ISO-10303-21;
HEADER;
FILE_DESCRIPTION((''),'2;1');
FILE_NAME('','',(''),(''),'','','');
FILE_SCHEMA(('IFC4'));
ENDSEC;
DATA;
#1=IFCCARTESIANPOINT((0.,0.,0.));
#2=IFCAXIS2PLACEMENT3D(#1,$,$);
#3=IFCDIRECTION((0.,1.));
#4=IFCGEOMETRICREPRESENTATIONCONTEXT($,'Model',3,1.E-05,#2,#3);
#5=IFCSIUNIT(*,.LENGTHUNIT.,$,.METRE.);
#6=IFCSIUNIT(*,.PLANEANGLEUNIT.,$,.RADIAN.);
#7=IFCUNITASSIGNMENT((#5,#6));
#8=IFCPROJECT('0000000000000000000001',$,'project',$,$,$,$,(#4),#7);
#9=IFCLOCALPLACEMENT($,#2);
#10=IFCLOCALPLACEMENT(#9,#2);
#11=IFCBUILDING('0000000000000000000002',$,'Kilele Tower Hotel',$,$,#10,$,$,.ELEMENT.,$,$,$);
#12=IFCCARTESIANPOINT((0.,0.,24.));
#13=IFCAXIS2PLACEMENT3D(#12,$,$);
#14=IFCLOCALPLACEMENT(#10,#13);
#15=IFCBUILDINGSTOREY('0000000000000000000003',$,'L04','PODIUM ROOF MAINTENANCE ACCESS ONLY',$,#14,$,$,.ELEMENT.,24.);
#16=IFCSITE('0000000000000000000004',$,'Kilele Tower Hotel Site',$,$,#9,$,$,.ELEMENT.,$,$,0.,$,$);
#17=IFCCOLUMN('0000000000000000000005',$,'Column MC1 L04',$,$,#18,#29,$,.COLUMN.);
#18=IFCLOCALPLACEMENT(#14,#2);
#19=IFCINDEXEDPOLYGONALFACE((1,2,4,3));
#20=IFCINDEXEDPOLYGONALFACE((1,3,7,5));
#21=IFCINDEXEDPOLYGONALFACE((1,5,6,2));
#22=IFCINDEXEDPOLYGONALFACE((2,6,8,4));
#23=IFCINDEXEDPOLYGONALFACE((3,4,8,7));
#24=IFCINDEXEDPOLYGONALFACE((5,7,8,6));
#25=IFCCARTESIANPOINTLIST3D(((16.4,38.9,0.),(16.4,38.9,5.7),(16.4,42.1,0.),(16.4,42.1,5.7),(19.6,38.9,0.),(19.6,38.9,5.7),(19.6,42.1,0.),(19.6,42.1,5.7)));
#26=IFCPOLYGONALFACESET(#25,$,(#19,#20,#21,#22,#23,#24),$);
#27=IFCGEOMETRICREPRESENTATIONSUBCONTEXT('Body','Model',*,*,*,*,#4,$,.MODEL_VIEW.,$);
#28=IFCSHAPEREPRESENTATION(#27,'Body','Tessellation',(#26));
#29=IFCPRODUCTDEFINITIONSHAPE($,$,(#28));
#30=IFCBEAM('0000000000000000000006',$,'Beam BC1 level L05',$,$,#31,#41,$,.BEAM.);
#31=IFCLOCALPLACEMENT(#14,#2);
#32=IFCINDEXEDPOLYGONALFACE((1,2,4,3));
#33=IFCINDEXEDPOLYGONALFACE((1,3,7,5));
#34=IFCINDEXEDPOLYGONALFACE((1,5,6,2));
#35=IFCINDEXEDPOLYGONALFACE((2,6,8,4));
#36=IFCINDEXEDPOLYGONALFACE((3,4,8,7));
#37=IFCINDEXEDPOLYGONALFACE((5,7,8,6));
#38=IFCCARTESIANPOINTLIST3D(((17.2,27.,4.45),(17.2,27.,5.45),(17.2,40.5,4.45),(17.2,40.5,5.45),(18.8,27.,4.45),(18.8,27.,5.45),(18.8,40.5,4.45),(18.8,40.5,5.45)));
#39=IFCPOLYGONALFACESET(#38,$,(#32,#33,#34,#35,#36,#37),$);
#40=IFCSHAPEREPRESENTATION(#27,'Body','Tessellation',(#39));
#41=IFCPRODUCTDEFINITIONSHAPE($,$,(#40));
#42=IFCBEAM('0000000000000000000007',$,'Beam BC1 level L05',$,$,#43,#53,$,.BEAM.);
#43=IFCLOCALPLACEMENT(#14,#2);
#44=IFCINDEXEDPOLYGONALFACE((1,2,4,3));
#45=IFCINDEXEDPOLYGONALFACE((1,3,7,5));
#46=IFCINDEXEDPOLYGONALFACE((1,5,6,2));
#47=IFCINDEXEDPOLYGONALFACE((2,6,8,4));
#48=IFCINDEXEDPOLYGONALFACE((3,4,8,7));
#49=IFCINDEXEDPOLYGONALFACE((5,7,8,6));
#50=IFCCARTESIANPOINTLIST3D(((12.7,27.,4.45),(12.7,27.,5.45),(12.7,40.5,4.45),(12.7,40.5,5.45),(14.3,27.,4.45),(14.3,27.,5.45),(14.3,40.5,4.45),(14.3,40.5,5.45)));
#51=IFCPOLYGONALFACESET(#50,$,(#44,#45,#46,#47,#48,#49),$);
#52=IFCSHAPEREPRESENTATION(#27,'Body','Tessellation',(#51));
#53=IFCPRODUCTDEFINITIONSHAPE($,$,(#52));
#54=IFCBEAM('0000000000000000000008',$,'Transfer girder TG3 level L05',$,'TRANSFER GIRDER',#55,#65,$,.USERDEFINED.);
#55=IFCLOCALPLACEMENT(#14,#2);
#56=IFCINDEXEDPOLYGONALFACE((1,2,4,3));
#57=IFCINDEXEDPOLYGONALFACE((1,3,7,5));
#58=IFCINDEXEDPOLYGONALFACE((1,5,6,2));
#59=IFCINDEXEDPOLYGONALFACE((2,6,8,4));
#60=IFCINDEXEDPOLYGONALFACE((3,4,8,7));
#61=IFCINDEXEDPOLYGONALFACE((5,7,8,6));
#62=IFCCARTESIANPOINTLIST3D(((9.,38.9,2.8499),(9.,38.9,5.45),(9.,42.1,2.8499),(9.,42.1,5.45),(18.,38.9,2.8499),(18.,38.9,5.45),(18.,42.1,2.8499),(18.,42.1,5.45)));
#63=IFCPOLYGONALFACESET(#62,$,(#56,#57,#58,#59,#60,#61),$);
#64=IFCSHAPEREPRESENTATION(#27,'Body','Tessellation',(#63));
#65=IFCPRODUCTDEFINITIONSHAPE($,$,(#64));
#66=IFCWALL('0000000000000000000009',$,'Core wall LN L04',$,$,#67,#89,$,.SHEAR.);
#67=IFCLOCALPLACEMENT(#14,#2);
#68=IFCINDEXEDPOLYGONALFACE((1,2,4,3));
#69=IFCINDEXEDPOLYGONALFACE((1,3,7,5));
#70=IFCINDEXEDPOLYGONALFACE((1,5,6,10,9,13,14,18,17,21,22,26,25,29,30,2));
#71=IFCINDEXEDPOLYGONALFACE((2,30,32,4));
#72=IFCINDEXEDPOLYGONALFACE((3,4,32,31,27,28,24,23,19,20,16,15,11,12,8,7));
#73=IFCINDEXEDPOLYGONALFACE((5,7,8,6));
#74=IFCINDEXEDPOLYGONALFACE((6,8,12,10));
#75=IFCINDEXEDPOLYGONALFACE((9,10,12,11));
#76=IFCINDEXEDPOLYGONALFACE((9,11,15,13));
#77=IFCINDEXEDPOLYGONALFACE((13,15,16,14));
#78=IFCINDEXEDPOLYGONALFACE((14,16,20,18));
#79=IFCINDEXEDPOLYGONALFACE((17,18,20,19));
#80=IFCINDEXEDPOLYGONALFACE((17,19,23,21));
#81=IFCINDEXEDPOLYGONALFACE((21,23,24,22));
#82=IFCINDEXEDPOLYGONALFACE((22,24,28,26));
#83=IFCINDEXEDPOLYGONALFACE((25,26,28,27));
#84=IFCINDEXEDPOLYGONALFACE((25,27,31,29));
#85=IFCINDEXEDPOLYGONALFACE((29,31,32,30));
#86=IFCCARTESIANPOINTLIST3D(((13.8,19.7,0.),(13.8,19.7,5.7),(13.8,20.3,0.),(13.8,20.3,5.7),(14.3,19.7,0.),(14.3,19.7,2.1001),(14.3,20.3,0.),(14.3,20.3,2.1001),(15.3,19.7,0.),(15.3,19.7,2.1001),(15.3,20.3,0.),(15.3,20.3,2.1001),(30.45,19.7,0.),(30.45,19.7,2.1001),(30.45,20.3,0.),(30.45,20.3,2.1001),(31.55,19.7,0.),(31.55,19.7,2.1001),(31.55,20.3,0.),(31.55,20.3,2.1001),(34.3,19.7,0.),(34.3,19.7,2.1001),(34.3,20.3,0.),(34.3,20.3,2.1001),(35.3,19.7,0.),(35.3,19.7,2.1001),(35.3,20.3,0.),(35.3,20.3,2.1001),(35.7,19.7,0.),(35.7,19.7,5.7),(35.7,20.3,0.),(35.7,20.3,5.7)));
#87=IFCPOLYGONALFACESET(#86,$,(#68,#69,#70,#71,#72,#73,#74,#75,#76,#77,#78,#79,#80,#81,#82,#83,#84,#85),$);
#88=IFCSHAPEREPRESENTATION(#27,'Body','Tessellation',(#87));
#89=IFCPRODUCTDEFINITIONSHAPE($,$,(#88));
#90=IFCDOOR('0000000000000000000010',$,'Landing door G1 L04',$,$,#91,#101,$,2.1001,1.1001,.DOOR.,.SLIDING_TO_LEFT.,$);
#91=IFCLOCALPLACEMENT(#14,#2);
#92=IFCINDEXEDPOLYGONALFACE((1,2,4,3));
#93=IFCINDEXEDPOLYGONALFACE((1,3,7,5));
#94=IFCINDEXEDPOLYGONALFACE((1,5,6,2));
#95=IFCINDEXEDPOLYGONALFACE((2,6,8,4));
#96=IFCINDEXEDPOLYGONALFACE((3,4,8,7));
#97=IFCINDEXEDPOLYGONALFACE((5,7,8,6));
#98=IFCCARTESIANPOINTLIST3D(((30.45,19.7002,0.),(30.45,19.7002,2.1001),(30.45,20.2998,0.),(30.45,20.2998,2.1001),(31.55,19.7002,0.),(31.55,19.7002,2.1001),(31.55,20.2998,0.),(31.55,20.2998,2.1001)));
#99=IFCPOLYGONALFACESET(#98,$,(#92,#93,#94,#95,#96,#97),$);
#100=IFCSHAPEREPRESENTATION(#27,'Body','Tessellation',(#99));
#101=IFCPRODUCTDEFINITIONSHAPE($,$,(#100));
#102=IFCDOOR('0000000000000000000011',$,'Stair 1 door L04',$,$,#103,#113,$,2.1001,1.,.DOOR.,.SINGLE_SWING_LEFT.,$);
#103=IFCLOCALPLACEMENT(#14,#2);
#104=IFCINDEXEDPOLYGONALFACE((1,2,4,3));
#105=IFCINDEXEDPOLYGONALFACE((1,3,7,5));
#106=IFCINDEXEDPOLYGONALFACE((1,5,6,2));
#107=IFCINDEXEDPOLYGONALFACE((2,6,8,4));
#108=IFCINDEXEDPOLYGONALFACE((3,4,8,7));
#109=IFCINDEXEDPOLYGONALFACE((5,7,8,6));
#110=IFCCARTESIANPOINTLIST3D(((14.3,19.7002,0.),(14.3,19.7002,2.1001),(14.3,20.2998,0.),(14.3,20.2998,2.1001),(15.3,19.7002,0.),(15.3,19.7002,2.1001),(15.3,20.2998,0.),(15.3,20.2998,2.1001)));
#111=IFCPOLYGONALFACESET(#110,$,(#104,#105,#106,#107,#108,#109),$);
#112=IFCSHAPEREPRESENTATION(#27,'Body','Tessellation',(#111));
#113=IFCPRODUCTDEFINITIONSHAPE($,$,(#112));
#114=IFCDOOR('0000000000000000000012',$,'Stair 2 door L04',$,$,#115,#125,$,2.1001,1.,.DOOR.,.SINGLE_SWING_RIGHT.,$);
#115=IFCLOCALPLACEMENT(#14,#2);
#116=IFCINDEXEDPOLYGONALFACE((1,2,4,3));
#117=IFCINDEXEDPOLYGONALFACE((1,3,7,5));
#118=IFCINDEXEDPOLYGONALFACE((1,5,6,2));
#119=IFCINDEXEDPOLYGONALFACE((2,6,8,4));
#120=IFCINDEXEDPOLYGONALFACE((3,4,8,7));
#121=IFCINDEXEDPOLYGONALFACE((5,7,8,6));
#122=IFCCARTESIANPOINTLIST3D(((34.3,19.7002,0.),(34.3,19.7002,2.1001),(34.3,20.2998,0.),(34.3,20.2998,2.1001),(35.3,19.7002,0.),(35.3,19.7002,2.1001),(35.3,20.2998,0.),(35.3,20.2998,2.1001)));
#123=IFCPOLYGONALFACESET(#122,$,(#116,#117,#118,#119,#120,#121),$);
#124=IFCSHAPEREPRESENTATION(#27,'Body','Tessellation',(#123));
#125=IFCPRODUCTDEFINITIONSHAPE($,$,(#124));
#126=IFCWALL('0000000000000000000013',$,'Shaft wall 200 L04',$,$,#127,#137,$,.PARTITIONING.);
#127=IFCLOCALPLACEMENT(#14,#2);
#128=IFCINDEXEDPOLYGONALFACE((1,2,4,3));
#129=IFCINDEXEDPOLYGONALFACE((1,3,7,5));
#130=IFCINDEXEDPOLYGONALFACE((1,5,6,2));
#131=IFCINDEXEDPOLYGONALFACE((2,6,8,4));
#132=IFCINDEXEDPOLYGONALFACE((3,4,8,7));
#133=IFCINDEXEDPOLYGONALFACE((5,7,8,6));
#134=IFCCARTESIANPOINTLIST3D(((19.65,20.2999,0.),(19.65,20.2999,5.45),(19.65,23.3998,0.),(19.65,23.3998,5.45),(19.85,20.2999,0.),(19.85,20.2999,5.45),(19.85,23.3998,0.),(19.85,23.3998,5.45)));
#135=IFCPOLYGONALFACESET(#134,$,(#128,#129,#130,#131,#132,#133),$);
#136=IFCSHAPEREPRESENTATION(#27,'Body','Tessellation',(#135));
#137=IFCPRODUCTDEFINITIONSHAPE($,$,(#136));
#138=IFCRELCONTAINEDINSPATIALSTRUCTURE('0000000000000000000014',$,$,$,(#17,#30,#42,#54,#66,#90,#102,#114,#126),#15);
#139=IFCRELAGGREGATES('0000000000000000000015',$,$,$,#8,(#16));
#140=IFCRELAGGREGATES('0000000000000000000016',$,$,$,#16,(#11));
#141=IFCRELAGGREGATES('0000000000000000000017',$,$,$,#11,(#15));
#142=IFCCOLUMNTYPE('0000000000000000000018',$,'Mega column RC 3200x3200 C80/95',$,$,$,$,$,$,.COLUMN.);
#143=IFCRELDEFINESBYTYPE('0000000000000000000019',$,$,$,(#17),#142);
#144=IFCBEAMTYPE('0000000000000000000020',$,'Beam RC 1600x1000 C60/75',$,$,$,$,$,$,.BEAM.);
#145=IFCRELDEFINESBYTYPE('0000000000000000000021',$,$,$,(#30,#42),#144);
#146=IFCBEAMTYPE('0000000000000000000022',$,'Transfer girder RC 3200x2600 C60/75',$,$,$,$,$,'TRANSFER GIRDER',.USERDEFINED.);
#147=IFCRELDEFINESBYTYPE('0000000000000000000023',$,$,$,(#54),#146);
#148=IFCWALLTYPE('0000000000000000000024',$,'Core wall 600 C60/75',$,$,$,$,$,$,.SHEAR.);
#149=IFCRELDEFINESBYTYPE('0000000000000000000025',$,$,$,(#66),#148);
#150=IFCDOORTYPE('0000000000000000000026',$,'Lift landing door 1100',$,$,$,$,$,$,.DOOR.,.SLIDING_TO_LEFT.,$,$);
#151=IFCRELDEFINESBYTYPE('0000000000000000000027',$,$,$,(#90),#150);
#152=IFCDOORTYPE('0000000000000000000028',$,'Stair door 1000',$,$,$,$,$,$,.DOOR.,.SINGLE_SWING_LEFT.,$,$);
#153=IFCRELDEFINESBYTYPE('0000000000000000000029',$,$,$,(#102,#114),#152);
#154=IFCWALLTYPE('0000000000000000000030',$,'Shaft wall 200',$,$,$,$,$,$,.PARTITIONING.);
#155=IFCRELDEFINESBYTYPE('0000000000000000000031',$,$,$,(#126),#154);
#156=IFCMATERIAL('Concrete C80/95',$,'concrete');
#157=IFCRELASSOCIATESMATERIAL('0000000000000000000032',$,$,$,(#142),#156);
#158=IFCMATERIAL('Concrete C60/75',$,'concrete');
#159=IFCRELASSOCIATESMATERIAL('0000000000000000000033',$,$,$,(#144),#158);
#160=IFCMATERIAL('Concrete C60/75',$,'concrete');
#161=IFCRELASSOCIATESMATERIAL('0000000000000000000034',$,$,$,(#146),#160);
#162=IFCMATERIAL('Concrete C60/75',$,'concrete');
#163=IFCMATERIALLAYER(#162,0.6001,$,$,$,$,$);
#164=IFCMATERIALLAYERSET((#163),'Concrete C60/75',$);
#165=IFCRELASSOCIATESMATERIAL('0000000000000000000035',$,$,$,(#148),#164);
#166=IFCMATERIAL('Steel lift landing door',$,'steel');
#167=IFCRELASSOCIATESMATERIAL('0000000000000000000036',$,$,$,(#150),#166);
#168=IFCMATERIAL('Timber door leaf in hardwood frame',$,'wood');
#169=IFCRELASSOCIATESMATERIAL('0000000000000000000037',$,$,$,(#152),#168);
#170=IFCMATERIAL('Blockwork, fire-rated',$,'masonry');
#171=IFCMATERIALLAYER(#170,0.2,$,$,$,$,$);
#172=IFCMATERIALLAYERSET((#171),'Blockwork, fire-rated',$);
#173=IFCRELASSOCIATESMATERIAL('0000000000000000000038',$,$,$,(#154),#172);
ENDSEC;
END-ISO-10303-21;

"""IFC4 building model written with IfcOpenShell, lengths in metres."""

from ifc_helpers import new_model, si_unit, direction, frame, frame_2d, origin, origin_2d, place, context, subcontext, project, spatial, rectangle, extrude, material, layer, layer_set, material_profile, profile_set, type_object, element, fill, save


model = new_model("IFC4")

# Units and contexts
model_context = context("Model", 3, precision=1e-05, world=origin(), true_north=direction((0.0, 1.0)))
body_context = subcontext(model_context, "Body", "Model", "MODEL_VIEW")
ifc_project = project(units=[si_unit("LENGTHUNIT", "METRE"), si_unit("PLANEANGLEUNIT", "RADIAN")], contexts=[model_context])

# Site, building, storey
site_placement = place(None, origin())
site = spatial("IfcSite", under=ifc_project, at=site_placement, Name="Kilele Tower Hotel Site", CompositionType="ELEMENT", RefElevation=0.0)
building_placement = place(site_placement, origin())
building = spatial("IfcBuilding", under=site, at=building_placement, Name="Kilele Tower Hotel", CompositionType="ELEMENT")
storey_placement = place(building_placement, frame((0.0, 0.0, 24.0)))
storey = spatial("IfcBuildingStorey", under=building, at=storey_placement, Name="L04", Description="PODIUM ROOF MAINTENANCE ACCESS ONLY", CompositionType="ELEMENT", Elevation=24.0)

# Column
ifc_material_1 = material(Name="Concrete C80/95", Category="concrete")
ifc_material_profile_1 = material_profile(ifc_material_1, rectangle(XDim=3.2, YDim=3.2, at=origin_2d()))
ifc_profile_set_1 = profile_set([ifc_material_profile_1], Name="Concrete C80/95")
column_type = type_object("IfcColumnType", Name="Mega column RC 3200x3200 C80/95", PredefinedType="COLUMN", material=ifc_profile_set_1)
column_placement = place(storey_placement, frame((18.0, 40.5, 0.0), z_axis=(0.0, 0.0, 1.0), x_axis=(1.0, 0.0, 0.0)))
element("IfcColumn", 1, at=column_placement, inside=storey, type_object=column_type, Name="Column MC1 L04", PredefinedType="COLUMN", context=body_context, shape_type="SweptSolid", body=[
    extrude(rectangle(XDim=3.2, YDim=3.2, at=origin_2d()), origin(), (0.0, 0.0, 1.0), 5.7),
])

# Beams
ifc_material_2 = material(Name="Concrete C60/75", Category="concrete")
ifc_material_profile_2 = material_profile(ifc_material_2, rectangle(XDim=1.6001, YDim=1.0, at=origin_2d()))
ifc_profile_set_2 = profile_set([ifc_material_profile_2], Name="Concrete C60/75")
beam_type_1 = type_object("IfcBeamType", Name="Beam RC 1600x1000 C60/75", PredefinedType="BEAM", material=ifc_profile_set_2)
for number, where, z_axis, x_axis, name in (
    (2, (18.0, 40.5, 4.95), (0.0, -1.0, 0.0), (1.0, 0.0, 0.0), "Beam BC1 level L05"),
    (3, (13.5, 40.5, 4.95), (0.0, -1.0, 0.0), (1.0, 0.0, 0.0), "Beam BC1 level L05"),
):
    element("IfcBeam", number, at=place(storey_placement, frame(where, z_axis=z_axis, x_axis=x_axis)), inside=storey, type_object=beam_type_1, Name=name, PredefinedType="BEAM", context=body_context, shape_type="SweptSolid", body=[
        extrude(rectangle(XDim=1.6001, YDim=1.0, at=origin_2d()), origin(), (0.0, 0.0, 1.0), 13.5),
    ])
ifc_material_3 = material(Name="Concrete C60/75", Category="concrete")
ifc_material_profile_3 = material_profile(ifc_material_3, rectangle(XDim=3.2, YDim=2.6001, at=origin_2d()))
ifc_profile_set_3 = profile_set([ifc_material_profile_3], Name="Concrete C60/75")
beam_type_2 = type_object("IfcBeamType", Name="Transfer girder RC 3200x2600 C60/75", ElementType="TRANSFER GIRDER", PredefinedType="USERDEFINED", material=ifc_profile_set_3)
beam_placement = place(storey_placement, frame((18.0, 40.5, 4.1499), z_axis=(-1.0, 0.0, 0.0), x_axis=(0.0, -1.0, 0.0)))
element("IfcBeam", 4, at=beam_placement, inside=storey, type_object=beam_type_2, Name="Transfer girder TG3 level L05", ObjectType="TRANSFER GIRDER", PredefinedType="USERDEFINED", context=body_context, shape_type="SweptSolid", body=[
    extrude(rectangle(XDim=3.2, YDim=2.6001, at=origin_2d()), origin(), (0.0, 0.0, 1.0), 9.0),
])

# Wall, openings, doors
ifc_material_4 = material(Name="Concrete C60/75", Category="concrete")
ifc_layer_1 = layer(ifc_material_4, 0.6001)
ifc_layer_set_1 = layer_set([ifc_layer_1], Name="Concrete C60/75")
wall_type_1 = type_object("IfcWallType", Name="Core wall 600 C60/75", PredefinedType="SHEAR", material=ifc_layer_set_1)
wall_1_placement = place(storey_placement, frame((13.8, 20.0, 0.0), z_axis=(0.0, 0.0, 1.0), x_axis=(1.0, 0.0, 0.0)))
wall_1 = element("IfcWall", 5, at=wall_1_placement, inside=storey, type_object=wall_type_1, Name="Core wall LN L04", PredefinedType="SHEAR", context=body_context, shape_type="SweptSolid", body=[
    extrude(rectangle(XDim=21.8999, YDim=0.6001, at=frame_2d((10.95, 0.0))), origin(), (0.0, 0.0, 1.0), 5.7),
])
opening_1_placement = place(wall_1_placement, frame((0.5, 0.0, 0.0)))
opening_1 = element("IfcOpeningElement", 6, at=opening_1_placement, cuts=wall_1, PredefinedType="OPENING", context=body_context, shape_type="SweptSolid", body=[
    extrude(rectangle(XDim=1.0, YDim=2.1001, at=frame_2d((0.5, 1.05))), frame((0.0, 0.3101, 0.0), z_axis=(0.0, -1.0, 0.0), x_axis=(1.0, 0.0, 0.0)), (0.0, 0.0, 1.0), 0.6201),
])
opening_2_placement = place(wall_1_placement, frame((20.5, 0.0, 0.0)))
opening_2 = element("IfcOpeningElement", 7, at=opening_2_placement, cuts=wall_1, PredefinedType="OPENING", context=body_context, shape_type="SweptSolid", body=[
    extrude(rectangle(XDim=1.0, YDim=2.1001, at=frame_2d((0.5, 1.05))), frame((0.0, 0.3101, 0.0), z_axis=(0.0, -1.0, 0.0), x_axis=(1.0, 0.0, 0.0)), (0.0, 0.0, 1.0), 0.6201),
])
opening_3_placement = place(wall_1_placement, frame((16.6499, 0.0, 0.0)))
opening_3 = element("IfcOpeningElement", 8, at=opening_3_placement, cuts=wall_1, PredefinedType="OPENING", context=body_context, shape_type="SweptSolid", body=[
    extrude(rectangle(XDim=1.1001, YDim=2.1001, at=frame_2d((0.55, 1.05))), frame((0.0, 0.3101, 0.0), z_axis=(0.0, -1.0, 0.0), x_axis=(1.0, 0.0, 0.0)), (0.0, 0.0, 1.0), 0.6201),
])
ifc_material_5 = material(Name="Steel lift landing door", Category="steel")
door_type_1 = type_object("IfcDoorType", Name="Lift landing door 1100", OperationType="SLIDING_TO_LEFT", PredefinedType="DOOR", material=ifc_material_5)
door_1_placement = place(opening_3_placement, origin())
door_1 = element("IfcDoor", 9, at=door_1_placement, inside=storey, type_object=door_type_1, Name="Landing door G1 L04", OperationType="SLIDING_TO_LEFT", OverallHeight=2.1001, OverallWidth=1.1001, PredefinedType="DOOR", context=body_context, shape_type="SweptSolid", body=[
    extrude(rectangle(XDim=1.1001, YDim=2.1001, at=frame_2d((0.55, 1.05))), frame((0.0, 0.2998, 0.0), z_axis=(0.0, -1.0, 0.0), x_axis=(1.0, 0.0, 0.0)), (0.0, 0.0, 1.0), 0.5996),
])
fill(opening_3, door_1)
ifc_material_6 = material(Name="Timber door leaf in hardwood frame", Category="wood")
door_type_2 = type_object("IfcDoorType", Name="Stair door 1000", OperationType="SINGLE_SWING_LEFT", PredefinedType="DOOR", material=ifc_material_6)
door_2_placement = place(opening_1_placement, origin())
door_2 = element("IfcDoor", 10, at=door_2_placement, inside=storey, type_object=door_type_2, Name="Stair 1 door L04", OperationType="SINGLE_SWING_LEFT", OverallHeight=2.1001, OverallWidth=1.0, PredefinedType="DOOR", context=body_context, shape_type="SweptSolid", body=[
    extrude(rectangle(XDim=1.0, YDim=2.1001, at=frame_2d((0.5, 1.05))), frame((0.0, 0.2998, 0.0), z_axis=(0.0, -1.0, 0.0), x_axis=(1.0, 0.0, 0.0)), (0.0, 0.0, 1.0), 0.5996),
])
fill(opening_1, door_2)
door_3_placement = place(opening_2_placement, origin())
door_3 = element("IfcDoor", 11, at=door_3_placement, inside=storey, type_object=door_type_2, Name="Stair 2 door L04", OperationType="SINGLE_SWING_RIGHT", OverallHeight=2.1001, OverallWidth=1.0, PredefinedType="DOOR", context=body_context, shape_type="SweptSolid", body=[
    extrude(rectangle(XDim=1.0, YDim=2.1001, at=frame_2d((0.5, 1.05))), frame((0.0, 0.2998, 0.0), z_axis=(0.0, -1.0, 0.0), x_axis=(1.0, 0.0, 0.0)), (0.0, 0.0, 1.0), 0.5996),
])
fill(opening_2, door_3)

# Wall
ifc_material_7 = material(Name="Blockwork, fire-rated", Category="masonry")
ifc_layer_2 = layer(ifc_material_7, 0.2)
ifc_layer_set_2 = layer_set([ifc_layer_2], Name="Blockwork, fire-rated")
wall_type_2 = type_object("IfcWallType", Name="Shaft wall 200", PredefinedType="PARTITIONING", material=ifc_layer_set_2)
wall_2_placement = place(storey_placement, frame((19.75, 20.3, 0.0), z_axis=(0.0, 0.0, 1.0), x_axis=(0.0, 1.0, 0.0)))
element("IfcWall", 12, at=wall_2_placement, inside=storey, type_object=wall_type_2, Name="Shaft wall 200 L04", PredefinedType="PARTITIONING", context=body_context, shape_type="SweptSolid", body=[
    extrude(rectangle(XDim=3.0999, YDim=0.2, at=frame_2d((1.5498, 0.0))), origin(), (0.0, 0.0, 1.0), 5.45),
])

save(model, "model.ifc")
